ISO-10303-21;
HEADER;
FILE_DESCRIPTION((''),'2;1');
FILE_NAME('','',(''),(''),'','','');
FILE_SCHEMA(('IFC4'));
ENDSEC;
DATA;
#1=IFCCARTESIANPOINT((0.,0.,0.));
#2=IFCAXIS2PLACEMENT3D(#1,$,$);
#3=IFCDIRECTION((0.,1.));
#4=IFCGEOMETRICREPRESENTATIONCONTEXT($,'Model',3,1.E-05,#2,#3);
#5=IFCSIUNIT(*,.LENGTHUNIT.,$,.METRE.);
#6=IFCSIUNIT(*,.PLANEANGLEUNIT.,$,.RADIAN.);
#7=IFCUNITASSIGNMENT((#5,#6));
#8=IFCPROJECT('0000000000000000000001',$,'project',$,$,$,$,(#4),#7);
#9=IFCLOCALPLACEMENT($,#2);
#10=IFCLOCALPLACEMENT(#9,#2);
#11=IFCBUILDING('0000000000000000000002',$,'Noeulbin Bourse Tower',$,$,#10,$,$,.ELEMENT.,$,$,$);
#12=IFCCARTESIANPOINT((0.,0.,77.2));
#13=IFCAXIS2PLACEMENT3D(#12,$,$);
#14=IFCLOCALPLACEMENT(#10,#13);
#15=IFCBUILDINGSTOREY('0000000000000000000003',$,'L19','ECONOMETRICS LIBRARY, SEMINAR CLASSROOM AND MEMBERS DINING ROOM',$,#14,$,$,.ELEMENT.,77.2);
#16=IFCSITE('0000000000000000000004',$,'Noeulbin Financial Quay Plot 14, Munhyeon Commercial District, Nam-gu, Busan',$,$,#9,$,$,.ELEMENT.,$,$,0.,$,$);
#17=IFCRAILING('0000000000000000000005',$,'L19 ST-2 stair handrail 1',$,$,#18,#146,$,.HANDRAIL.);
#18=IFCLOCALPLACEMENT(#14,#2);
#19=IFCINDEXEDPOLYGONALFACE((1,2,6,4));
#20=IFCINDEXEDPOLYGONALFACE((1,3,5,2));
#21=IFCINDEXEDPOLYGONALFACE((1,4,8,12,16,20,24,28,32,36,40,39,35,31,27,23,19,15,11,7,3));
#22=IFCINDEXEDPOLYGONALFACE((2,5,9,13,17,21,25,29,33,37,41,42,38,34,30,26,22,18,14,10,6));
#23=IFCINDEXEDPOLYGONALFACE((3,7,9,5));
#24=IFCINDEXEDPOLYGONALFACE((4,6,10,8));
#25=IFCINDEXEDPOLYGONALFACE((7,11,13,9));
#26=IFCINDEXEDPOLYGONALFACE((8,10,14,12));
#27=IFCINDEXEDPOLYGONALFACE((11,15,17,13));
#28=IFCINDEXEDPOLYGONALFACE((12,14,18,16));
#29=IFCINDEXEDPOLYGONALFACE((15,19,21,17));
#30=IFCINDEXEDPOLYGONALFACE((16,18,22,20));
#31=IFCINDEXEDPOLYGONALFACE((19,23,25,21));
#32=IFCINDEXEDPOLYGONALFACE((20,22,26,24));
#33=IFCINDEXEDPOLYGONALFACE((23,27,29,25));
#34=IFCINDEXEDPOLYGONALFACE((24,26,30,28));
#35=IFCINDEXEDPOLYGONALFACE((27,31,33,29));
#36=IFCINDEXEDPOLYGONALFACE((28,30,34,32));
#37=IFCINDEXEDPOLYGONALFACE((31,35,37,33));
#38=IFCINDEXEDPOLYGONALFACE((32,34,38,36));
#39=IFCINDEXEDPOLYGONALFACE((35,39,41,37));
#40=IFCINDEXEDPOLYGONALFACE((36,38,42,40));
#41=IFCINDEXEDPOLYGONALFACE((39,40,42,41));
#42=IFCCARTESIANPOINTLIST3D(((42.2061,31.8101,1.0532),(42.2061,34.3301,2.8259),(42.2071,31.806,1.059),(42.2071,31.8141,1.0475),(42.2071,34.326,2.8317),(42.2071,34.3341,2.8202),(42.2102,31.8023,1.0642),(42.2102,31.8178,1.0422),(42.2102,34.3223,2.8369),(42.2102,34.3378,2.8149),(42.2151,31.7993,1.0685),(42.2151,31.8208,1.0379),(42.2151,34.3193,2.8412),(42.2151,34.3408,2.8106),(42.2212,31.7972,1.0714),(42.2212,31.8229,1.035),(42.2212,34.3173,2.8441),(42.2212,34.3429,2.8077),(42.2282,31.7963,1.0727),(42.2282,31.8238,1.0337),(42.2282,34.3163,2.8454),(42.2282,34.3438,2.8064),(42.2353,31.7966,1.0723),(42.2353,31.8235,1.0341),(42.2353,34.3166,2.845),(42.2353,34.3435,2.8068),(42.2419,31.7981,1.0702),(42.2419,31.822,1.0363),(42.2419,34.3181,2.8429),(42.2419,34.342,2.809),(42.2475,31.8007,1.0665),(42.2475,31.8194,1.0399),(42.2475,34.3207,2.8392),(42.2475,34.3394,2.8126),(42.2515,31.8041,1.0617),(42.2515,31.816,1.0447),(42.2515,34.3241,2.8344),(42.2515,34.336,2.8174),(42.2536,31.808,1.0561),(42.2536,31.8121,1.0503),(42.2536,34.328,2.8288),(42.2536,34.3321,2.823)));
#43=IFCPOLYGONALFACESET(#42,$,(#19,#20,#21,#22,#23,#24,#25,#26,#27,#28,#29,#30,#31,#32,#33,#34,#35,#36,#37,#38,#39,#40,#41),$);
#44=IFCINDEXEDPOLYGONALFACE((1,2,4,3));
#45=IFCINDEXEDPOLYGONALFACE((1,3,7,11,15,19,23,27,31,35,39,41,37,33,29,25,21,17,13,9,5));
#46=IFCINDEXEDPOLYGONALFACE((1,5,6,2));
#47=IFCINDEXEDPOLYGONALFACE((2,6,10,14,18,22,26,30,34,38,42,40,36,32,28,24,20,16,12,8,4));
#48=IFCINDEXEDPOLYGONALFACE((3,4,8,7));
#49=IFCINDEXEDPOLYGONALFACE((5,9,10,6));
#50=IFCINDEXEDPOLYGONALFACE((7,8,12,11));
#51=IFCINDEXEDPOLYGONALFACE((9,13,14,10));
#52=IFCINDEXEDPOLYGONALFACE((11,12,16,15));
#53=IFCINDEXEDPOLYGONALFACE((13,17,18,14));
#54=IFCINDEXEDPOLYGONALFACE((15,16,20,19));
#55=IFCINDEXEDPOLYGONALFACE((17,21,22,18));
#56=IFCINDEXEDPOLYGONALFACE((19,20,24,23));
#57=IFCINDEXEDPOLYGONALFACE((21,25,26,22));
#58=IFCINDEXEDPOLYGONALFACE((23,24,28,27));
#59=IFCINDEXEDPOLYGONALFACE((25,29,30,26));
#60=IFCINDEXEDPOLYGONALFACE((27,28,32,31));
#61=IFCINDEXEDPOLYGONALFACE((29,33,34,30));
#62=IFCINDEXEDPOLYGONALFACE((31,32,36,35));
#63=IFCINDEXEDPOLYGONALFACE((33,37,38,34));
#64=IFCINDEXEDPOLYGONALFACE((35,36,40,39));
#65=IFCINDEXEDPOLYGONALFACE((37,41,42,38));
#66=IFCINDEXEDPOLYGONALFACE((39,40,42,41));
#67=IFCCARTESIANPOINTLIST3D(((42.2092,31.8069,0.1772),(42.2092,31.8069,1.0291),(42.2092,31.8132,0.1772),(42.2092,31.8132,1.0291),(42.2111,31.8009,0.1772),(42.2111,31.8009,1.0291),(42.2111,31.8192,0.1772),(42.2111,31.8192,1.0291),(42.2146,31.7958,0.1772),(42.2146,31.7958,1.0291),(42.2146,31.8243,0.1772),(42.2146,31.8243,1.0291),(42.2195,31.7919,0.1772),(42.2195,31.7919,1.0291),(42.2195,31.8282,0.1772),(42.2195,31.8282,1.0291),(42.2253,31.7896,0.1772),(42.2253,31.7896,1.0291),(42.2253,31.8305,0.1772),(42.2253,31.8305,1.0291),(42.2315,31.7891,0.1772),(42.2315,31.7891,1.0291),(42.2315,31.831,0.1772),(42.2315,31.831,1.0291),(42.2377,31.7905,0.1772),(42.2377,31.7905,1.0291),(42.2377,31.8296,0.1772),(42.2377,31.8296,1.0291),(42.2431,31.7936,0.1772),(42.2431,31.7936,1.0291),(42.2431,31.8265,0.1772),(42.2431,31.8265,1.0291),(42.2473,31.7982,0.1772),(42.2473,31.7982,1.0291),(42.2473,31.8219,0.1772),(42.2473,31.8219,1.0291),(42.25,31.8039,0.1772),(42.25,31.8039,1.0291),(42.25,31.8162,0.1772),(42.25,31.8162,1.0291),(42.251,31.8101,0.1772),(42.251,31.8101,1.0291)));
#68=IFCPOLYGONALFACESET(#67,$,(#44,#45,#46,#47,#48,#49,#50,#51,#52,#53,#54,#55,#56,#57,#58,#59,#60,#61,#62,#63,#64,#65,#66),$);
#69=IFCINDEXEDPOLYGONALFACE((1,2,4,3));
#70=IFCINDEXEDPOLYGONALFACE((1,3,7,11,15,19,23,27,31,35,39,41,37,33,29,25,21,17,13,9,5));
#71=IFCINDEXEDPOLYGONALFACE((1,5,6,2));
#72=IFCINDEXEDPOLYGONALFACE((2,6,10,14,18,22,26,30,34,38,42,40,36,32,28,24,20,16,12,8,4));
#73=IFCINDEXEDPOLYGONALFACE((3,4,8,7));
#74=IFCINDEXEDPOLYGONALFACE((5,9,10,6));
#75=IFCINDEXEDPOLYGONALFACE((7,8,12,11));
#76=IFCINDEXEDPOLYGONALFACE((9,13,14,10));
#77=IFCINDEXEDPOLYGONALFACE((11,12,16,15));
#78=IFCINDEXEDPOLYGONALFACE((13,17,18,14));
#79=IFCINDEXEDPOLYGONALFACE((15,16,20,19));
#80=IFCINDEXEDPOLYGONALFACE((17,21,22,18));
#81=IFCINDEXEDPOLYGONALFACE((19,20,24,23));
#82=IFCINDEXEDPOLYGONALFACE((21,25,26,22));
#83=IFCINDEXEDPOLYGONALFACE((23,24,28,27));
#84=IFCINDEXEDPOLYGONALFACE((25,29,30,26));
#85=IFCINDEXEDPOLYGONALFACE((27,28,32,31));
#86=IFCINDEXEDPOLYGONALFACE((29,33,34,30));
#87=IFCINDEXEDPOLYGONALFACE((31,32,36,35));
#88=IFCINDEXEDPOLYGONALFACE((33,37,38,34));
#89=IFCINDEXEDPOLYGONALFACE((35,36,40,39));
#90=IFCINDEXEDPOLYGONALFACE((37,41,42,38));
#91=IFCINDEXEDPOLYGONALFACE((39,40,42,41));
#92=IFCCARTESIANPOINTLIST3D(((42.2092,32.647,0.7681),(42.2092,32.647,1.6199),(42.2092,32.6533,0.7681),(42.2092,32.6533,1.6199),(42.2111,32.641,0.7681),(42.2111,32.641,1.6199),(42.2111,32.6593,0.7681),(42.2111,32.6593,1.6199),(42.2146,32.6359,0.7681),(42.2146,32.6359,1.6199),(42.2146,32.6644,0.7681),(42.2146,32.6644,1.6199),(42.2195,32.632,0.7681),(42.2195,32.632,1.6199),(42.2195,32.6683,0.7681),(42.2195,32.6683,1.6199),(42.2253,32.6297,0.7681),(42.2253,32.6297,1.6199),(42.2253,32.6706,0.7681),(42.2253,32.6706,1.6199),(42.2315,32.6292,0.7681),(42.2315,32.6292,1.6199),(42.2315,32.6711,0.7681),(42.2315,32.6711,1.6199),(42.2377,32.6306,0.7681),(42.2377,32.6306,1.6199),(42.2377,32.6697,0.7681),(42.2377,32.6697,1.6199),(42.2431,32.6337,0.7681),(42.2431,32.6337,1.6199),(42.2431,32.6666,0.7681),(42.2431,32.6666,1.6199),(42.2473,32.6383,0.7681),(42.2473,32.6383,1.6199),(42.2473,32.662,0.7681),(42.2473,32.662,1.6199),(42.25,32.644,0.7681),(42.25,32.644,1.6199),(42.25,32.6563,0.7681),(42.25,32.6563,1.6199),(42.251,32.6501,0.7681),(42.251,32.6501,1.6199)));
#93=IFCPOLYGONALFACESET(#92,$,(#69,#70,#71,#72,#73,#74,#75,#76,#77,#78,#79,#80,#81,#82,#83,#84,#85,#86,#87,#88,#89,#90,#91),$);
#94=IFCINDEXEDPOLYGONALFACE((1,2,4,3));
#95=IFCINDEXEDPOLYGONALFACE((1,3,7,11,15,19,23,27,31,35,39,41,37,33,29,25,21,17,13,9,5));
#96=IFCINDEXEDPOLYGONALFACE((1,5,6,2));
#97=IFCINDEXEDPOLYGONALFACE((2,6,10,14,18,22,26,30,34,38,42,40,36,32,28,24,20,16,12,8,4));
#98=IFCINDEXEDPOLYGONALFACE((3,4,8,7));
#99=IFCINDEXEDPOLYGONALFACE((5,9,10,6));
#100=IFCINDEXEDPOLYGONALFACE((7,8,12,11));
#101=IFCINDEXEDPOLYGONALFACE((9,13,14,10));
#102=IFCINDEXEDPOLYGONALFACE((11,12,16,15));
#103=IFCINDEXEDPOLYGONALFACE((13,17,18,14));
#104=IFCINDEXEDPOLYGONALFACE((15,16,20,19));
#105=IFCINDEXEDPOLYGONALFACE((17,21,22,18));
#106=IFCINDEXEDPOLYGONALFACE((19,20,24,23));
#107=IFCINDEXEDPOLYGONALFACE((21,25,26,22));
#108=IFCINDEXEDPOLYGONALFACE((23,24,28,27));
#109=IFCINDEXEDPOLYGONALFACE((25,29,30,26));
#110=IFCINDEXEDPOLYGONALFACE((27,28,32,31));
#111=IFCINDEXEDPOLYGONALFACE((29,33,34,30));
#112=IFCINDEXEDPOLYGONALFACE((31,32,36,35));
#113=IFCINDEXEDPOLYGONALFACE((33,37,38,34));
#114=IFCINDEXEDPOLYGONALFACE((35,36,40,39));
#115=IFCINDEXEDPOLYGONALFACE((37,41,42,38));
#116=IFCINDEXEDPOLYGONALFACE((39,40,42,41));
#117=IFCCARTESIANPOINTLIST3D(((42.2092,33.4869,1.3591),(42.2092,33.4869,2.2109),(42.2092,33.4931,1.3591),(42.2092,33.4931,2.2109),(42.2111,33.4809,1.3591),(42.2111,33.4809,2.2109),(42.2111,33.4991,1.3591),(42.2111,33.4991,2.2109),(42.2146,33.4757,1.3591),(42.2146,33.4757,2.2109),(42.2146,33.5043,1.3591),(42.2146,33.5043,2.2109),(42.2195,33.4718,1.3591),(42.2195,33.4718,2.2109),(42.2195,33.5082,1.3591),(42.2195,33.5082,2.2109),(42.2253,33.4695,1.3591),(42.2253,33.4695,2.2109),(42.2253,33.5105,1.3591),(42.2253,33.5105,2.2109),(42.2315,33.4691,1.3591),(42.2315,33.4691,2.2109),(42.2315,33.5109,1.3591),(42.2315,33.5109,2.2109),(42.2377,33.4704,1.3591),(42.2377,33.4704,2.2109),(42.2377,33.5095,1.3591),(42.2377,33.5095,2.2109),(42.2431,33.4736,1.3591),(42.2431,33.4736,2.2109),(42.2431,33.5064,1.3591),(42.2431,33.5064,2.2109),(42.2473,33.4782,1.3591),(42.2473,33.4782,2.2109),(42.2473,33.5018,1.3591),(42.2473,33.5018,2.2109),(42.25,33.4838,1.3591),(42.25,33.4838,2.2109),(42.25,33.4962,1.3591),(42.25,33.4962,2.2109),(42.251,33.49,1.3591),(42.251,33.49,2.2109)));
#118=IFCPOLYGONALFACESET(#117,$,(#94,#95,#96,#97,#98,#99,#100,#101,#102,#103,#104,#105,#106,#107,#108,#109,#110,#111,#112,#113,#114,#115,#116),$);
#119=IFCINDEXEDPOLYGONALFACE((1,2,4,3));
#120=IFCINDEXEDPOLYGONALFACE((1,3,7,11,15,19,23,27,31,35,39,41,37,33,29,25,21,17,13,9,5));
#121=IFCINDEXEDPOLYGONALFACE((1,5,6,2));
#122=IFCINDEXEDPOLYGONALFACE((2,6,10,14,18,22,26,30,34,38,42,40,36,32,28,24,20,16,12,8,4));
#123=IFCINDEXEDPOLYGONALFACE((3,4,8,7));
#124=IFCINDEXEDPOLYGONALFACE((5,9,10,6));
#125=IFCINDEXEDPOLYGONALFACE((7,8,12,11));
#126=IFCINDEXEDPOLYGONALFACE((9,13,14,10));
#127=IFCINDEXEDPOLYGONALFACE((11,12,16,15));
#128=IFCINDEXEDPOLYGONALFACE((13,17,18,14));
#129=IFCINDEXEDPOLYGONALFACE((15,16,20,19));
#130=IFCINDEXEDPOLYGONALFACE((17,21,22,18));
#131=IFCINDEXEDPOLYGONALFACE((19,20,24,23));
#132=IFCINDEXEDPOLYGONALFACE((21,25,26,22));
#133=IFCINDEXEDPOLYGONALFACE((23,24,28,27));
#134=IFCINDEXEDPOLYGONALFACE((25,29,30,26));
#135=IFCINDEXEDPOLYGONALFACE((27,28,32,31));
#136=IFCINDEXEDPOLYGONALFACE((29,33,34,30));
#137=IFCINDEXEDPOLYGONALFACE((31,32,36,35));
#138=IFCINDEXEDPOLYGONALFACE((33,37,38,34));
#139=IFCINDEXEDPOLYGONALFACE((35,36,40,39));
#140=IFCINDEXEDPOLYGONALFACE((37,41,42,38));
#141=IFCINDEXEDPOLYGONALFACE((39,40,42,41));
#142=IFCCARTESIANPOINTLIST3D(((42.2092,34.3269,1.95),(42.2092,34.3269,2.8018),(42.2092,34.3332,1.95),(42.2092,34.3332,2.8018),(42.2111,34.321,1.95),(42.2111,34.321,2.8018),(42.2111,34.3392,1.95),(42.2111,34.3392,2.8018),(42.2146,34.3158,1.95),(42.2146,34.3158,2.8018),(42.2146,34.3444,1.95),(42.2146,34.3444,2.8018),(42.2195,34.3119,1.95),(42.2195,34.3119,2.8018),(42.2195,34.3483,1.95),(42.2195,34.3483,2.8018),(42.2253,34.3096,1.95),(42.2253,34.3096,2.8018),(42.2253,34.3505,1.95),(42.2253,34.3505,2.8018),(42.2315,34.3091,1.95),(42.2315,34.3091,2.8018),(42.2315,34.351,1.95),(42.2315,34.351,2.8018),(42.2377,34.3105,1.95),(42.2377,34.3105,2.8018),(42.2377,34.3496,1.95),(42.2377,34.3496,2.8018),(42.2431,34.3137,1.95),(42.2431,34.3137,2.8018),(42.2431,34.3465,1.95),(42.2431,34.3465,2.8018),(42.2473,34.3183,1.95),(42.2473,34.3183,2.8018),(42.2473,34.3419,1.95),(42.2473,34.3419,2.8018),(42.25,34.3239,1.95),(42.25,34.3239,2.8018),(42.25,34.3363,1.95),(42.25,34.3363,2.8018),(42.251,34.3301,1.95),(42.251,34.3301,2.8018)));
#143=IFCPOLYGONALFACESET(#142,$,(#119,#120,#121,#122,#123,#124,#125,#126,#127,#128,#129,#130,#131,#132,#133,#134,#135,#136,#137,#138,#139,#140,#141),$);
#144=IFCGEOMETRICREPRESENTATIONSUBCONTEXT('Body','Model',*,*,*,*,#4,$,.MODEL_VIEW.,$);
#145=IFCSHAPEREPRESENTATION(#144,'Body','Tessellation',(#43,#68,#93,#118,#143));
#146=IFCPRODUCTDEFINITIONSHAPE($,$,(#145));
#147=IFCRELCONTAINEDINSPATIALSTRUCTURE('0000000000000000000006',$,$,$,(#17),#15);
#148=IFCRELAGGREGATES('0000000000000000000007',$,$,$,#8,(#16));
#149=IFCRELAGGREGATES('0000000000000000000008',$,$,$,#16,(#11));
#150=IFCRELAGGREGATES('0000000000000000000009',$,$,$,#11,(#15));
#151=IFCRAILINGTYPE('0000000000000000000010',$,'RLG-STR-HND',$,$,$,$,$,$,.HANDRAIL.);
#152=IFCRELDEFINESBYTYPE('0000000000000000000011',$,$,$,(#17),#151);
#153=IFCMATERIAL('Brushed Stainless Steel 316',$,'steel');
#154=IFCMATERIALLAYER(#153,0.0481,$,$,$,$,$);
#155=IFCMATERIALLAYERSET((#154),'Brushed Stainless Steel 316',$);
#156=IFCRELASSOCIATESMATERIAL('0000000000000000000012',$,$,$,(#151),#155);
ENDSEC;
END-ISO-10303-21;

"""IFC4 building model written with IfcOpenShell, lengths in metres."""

from ifc_helpers import new_model, si_unit, direction, frame, origin, origin_2d, place, context, subcontext, project, spatial, circle, extrude, material, layer, layer_set, type_object, element, save


model = new_model("IFC4")

# Units and contexts
model_context = context("Model", 3, precision=1e-05, world=origin(), true_north=direction((0.0, 1.0)))
body_context = subcontext(model_context, "Body", "Model", "MODEL_VIEW")
ifc_project = project(units=[si_unit("LENGTHUNIT", "METRE"), si_unit("PLANEANGLEUNIT", "RADIAN")], contexts=[model_context])

# Site, building, storey
site_placement = place(None, origin())
site = spatial("IfcSite", under=ifc_project, at=site_placement, Name="Noeulbin Financial Quay Plot 14, Munhyeon Commercial District, Nam-gu, Busan", CompositionType="ELEMENT", RefElevation=0.0)
building_placement = place(site_placement, origin())
building = spatial("IfcBuilding", under=site, at=building_placement, Name="Noeulbin Bourse Tower", CompositionType="ELEMENT")
storey_placement = place(building_placement, frame((0.0, 0.0, 77.2)))
storey = spatial("IfcBuildingStorey", under=building, at=storey_placement, Name="L19", Description="ECONOMETRICS LIBRARY, SEMINAR CLASSROOM AND MEMBERS DINING ROOM", CompositionType="ELEMENT", Elevation=77.2)

# Railing
ifc_material_1 = material(Name="Brushed Stainless Steel 316", Category="steel")
ifc_layer_1 = layer(ifc_material_1, 0.0481)
ifc_layer_set_1 = layer_set([ifc_layer_1], Name="Brushed Stainless Steel 316")
railing_type_1 = type_object("IfcRailingType", Name="RLG-STR-HND", PredefinedType="HANDRAIL", material=ifc_layer_set_1)
railing_1_placement = place(storey_placement, frame((42.23, 31.8101, 0.1772)))
element("IfcRailing", 1, at=railing_1_placement, inside=storey, type_object=railing_type_1, Name="L19 ST-2 stair handrail 1", PredefinedType="HANDRAIL", context=body_context, shape_type="SweptSolid", body=[
    extrude(circle(Radius=0.0239, at=origin_2d()), frame((0.0, 0.0, 0.876), z_axis=(0.0, 0.817904, 0.575354), x_axis=(-1.0, 0.0, 0.0)), (0.0, 0.0, 1.0), 3.0811),
    extrude(circle(Radius=0.021, at=origin_2d()), origin(), (0.0, 0.0, 1.0), 0.8518),
    extrude(circle(Radius=0.021, at=origin_2d()), frame((0.0, 0.8401, 0.5908)), (0.0, 0.0, 1.0), 0.8518),
    extrude(circle(Radius=0.021, at=origin_2d()), frame((0.0, 1.6799, 1.1819)), (0.0, 0.0, 1.0), 0.8518),
    extrude(circle(Radius=0.021, at=origin_2d()), frame((0.0, 2.52, 1.7727)), (0.0, 0.0, 1.0), 0.8518),
])

save(model, "model.ifc")
